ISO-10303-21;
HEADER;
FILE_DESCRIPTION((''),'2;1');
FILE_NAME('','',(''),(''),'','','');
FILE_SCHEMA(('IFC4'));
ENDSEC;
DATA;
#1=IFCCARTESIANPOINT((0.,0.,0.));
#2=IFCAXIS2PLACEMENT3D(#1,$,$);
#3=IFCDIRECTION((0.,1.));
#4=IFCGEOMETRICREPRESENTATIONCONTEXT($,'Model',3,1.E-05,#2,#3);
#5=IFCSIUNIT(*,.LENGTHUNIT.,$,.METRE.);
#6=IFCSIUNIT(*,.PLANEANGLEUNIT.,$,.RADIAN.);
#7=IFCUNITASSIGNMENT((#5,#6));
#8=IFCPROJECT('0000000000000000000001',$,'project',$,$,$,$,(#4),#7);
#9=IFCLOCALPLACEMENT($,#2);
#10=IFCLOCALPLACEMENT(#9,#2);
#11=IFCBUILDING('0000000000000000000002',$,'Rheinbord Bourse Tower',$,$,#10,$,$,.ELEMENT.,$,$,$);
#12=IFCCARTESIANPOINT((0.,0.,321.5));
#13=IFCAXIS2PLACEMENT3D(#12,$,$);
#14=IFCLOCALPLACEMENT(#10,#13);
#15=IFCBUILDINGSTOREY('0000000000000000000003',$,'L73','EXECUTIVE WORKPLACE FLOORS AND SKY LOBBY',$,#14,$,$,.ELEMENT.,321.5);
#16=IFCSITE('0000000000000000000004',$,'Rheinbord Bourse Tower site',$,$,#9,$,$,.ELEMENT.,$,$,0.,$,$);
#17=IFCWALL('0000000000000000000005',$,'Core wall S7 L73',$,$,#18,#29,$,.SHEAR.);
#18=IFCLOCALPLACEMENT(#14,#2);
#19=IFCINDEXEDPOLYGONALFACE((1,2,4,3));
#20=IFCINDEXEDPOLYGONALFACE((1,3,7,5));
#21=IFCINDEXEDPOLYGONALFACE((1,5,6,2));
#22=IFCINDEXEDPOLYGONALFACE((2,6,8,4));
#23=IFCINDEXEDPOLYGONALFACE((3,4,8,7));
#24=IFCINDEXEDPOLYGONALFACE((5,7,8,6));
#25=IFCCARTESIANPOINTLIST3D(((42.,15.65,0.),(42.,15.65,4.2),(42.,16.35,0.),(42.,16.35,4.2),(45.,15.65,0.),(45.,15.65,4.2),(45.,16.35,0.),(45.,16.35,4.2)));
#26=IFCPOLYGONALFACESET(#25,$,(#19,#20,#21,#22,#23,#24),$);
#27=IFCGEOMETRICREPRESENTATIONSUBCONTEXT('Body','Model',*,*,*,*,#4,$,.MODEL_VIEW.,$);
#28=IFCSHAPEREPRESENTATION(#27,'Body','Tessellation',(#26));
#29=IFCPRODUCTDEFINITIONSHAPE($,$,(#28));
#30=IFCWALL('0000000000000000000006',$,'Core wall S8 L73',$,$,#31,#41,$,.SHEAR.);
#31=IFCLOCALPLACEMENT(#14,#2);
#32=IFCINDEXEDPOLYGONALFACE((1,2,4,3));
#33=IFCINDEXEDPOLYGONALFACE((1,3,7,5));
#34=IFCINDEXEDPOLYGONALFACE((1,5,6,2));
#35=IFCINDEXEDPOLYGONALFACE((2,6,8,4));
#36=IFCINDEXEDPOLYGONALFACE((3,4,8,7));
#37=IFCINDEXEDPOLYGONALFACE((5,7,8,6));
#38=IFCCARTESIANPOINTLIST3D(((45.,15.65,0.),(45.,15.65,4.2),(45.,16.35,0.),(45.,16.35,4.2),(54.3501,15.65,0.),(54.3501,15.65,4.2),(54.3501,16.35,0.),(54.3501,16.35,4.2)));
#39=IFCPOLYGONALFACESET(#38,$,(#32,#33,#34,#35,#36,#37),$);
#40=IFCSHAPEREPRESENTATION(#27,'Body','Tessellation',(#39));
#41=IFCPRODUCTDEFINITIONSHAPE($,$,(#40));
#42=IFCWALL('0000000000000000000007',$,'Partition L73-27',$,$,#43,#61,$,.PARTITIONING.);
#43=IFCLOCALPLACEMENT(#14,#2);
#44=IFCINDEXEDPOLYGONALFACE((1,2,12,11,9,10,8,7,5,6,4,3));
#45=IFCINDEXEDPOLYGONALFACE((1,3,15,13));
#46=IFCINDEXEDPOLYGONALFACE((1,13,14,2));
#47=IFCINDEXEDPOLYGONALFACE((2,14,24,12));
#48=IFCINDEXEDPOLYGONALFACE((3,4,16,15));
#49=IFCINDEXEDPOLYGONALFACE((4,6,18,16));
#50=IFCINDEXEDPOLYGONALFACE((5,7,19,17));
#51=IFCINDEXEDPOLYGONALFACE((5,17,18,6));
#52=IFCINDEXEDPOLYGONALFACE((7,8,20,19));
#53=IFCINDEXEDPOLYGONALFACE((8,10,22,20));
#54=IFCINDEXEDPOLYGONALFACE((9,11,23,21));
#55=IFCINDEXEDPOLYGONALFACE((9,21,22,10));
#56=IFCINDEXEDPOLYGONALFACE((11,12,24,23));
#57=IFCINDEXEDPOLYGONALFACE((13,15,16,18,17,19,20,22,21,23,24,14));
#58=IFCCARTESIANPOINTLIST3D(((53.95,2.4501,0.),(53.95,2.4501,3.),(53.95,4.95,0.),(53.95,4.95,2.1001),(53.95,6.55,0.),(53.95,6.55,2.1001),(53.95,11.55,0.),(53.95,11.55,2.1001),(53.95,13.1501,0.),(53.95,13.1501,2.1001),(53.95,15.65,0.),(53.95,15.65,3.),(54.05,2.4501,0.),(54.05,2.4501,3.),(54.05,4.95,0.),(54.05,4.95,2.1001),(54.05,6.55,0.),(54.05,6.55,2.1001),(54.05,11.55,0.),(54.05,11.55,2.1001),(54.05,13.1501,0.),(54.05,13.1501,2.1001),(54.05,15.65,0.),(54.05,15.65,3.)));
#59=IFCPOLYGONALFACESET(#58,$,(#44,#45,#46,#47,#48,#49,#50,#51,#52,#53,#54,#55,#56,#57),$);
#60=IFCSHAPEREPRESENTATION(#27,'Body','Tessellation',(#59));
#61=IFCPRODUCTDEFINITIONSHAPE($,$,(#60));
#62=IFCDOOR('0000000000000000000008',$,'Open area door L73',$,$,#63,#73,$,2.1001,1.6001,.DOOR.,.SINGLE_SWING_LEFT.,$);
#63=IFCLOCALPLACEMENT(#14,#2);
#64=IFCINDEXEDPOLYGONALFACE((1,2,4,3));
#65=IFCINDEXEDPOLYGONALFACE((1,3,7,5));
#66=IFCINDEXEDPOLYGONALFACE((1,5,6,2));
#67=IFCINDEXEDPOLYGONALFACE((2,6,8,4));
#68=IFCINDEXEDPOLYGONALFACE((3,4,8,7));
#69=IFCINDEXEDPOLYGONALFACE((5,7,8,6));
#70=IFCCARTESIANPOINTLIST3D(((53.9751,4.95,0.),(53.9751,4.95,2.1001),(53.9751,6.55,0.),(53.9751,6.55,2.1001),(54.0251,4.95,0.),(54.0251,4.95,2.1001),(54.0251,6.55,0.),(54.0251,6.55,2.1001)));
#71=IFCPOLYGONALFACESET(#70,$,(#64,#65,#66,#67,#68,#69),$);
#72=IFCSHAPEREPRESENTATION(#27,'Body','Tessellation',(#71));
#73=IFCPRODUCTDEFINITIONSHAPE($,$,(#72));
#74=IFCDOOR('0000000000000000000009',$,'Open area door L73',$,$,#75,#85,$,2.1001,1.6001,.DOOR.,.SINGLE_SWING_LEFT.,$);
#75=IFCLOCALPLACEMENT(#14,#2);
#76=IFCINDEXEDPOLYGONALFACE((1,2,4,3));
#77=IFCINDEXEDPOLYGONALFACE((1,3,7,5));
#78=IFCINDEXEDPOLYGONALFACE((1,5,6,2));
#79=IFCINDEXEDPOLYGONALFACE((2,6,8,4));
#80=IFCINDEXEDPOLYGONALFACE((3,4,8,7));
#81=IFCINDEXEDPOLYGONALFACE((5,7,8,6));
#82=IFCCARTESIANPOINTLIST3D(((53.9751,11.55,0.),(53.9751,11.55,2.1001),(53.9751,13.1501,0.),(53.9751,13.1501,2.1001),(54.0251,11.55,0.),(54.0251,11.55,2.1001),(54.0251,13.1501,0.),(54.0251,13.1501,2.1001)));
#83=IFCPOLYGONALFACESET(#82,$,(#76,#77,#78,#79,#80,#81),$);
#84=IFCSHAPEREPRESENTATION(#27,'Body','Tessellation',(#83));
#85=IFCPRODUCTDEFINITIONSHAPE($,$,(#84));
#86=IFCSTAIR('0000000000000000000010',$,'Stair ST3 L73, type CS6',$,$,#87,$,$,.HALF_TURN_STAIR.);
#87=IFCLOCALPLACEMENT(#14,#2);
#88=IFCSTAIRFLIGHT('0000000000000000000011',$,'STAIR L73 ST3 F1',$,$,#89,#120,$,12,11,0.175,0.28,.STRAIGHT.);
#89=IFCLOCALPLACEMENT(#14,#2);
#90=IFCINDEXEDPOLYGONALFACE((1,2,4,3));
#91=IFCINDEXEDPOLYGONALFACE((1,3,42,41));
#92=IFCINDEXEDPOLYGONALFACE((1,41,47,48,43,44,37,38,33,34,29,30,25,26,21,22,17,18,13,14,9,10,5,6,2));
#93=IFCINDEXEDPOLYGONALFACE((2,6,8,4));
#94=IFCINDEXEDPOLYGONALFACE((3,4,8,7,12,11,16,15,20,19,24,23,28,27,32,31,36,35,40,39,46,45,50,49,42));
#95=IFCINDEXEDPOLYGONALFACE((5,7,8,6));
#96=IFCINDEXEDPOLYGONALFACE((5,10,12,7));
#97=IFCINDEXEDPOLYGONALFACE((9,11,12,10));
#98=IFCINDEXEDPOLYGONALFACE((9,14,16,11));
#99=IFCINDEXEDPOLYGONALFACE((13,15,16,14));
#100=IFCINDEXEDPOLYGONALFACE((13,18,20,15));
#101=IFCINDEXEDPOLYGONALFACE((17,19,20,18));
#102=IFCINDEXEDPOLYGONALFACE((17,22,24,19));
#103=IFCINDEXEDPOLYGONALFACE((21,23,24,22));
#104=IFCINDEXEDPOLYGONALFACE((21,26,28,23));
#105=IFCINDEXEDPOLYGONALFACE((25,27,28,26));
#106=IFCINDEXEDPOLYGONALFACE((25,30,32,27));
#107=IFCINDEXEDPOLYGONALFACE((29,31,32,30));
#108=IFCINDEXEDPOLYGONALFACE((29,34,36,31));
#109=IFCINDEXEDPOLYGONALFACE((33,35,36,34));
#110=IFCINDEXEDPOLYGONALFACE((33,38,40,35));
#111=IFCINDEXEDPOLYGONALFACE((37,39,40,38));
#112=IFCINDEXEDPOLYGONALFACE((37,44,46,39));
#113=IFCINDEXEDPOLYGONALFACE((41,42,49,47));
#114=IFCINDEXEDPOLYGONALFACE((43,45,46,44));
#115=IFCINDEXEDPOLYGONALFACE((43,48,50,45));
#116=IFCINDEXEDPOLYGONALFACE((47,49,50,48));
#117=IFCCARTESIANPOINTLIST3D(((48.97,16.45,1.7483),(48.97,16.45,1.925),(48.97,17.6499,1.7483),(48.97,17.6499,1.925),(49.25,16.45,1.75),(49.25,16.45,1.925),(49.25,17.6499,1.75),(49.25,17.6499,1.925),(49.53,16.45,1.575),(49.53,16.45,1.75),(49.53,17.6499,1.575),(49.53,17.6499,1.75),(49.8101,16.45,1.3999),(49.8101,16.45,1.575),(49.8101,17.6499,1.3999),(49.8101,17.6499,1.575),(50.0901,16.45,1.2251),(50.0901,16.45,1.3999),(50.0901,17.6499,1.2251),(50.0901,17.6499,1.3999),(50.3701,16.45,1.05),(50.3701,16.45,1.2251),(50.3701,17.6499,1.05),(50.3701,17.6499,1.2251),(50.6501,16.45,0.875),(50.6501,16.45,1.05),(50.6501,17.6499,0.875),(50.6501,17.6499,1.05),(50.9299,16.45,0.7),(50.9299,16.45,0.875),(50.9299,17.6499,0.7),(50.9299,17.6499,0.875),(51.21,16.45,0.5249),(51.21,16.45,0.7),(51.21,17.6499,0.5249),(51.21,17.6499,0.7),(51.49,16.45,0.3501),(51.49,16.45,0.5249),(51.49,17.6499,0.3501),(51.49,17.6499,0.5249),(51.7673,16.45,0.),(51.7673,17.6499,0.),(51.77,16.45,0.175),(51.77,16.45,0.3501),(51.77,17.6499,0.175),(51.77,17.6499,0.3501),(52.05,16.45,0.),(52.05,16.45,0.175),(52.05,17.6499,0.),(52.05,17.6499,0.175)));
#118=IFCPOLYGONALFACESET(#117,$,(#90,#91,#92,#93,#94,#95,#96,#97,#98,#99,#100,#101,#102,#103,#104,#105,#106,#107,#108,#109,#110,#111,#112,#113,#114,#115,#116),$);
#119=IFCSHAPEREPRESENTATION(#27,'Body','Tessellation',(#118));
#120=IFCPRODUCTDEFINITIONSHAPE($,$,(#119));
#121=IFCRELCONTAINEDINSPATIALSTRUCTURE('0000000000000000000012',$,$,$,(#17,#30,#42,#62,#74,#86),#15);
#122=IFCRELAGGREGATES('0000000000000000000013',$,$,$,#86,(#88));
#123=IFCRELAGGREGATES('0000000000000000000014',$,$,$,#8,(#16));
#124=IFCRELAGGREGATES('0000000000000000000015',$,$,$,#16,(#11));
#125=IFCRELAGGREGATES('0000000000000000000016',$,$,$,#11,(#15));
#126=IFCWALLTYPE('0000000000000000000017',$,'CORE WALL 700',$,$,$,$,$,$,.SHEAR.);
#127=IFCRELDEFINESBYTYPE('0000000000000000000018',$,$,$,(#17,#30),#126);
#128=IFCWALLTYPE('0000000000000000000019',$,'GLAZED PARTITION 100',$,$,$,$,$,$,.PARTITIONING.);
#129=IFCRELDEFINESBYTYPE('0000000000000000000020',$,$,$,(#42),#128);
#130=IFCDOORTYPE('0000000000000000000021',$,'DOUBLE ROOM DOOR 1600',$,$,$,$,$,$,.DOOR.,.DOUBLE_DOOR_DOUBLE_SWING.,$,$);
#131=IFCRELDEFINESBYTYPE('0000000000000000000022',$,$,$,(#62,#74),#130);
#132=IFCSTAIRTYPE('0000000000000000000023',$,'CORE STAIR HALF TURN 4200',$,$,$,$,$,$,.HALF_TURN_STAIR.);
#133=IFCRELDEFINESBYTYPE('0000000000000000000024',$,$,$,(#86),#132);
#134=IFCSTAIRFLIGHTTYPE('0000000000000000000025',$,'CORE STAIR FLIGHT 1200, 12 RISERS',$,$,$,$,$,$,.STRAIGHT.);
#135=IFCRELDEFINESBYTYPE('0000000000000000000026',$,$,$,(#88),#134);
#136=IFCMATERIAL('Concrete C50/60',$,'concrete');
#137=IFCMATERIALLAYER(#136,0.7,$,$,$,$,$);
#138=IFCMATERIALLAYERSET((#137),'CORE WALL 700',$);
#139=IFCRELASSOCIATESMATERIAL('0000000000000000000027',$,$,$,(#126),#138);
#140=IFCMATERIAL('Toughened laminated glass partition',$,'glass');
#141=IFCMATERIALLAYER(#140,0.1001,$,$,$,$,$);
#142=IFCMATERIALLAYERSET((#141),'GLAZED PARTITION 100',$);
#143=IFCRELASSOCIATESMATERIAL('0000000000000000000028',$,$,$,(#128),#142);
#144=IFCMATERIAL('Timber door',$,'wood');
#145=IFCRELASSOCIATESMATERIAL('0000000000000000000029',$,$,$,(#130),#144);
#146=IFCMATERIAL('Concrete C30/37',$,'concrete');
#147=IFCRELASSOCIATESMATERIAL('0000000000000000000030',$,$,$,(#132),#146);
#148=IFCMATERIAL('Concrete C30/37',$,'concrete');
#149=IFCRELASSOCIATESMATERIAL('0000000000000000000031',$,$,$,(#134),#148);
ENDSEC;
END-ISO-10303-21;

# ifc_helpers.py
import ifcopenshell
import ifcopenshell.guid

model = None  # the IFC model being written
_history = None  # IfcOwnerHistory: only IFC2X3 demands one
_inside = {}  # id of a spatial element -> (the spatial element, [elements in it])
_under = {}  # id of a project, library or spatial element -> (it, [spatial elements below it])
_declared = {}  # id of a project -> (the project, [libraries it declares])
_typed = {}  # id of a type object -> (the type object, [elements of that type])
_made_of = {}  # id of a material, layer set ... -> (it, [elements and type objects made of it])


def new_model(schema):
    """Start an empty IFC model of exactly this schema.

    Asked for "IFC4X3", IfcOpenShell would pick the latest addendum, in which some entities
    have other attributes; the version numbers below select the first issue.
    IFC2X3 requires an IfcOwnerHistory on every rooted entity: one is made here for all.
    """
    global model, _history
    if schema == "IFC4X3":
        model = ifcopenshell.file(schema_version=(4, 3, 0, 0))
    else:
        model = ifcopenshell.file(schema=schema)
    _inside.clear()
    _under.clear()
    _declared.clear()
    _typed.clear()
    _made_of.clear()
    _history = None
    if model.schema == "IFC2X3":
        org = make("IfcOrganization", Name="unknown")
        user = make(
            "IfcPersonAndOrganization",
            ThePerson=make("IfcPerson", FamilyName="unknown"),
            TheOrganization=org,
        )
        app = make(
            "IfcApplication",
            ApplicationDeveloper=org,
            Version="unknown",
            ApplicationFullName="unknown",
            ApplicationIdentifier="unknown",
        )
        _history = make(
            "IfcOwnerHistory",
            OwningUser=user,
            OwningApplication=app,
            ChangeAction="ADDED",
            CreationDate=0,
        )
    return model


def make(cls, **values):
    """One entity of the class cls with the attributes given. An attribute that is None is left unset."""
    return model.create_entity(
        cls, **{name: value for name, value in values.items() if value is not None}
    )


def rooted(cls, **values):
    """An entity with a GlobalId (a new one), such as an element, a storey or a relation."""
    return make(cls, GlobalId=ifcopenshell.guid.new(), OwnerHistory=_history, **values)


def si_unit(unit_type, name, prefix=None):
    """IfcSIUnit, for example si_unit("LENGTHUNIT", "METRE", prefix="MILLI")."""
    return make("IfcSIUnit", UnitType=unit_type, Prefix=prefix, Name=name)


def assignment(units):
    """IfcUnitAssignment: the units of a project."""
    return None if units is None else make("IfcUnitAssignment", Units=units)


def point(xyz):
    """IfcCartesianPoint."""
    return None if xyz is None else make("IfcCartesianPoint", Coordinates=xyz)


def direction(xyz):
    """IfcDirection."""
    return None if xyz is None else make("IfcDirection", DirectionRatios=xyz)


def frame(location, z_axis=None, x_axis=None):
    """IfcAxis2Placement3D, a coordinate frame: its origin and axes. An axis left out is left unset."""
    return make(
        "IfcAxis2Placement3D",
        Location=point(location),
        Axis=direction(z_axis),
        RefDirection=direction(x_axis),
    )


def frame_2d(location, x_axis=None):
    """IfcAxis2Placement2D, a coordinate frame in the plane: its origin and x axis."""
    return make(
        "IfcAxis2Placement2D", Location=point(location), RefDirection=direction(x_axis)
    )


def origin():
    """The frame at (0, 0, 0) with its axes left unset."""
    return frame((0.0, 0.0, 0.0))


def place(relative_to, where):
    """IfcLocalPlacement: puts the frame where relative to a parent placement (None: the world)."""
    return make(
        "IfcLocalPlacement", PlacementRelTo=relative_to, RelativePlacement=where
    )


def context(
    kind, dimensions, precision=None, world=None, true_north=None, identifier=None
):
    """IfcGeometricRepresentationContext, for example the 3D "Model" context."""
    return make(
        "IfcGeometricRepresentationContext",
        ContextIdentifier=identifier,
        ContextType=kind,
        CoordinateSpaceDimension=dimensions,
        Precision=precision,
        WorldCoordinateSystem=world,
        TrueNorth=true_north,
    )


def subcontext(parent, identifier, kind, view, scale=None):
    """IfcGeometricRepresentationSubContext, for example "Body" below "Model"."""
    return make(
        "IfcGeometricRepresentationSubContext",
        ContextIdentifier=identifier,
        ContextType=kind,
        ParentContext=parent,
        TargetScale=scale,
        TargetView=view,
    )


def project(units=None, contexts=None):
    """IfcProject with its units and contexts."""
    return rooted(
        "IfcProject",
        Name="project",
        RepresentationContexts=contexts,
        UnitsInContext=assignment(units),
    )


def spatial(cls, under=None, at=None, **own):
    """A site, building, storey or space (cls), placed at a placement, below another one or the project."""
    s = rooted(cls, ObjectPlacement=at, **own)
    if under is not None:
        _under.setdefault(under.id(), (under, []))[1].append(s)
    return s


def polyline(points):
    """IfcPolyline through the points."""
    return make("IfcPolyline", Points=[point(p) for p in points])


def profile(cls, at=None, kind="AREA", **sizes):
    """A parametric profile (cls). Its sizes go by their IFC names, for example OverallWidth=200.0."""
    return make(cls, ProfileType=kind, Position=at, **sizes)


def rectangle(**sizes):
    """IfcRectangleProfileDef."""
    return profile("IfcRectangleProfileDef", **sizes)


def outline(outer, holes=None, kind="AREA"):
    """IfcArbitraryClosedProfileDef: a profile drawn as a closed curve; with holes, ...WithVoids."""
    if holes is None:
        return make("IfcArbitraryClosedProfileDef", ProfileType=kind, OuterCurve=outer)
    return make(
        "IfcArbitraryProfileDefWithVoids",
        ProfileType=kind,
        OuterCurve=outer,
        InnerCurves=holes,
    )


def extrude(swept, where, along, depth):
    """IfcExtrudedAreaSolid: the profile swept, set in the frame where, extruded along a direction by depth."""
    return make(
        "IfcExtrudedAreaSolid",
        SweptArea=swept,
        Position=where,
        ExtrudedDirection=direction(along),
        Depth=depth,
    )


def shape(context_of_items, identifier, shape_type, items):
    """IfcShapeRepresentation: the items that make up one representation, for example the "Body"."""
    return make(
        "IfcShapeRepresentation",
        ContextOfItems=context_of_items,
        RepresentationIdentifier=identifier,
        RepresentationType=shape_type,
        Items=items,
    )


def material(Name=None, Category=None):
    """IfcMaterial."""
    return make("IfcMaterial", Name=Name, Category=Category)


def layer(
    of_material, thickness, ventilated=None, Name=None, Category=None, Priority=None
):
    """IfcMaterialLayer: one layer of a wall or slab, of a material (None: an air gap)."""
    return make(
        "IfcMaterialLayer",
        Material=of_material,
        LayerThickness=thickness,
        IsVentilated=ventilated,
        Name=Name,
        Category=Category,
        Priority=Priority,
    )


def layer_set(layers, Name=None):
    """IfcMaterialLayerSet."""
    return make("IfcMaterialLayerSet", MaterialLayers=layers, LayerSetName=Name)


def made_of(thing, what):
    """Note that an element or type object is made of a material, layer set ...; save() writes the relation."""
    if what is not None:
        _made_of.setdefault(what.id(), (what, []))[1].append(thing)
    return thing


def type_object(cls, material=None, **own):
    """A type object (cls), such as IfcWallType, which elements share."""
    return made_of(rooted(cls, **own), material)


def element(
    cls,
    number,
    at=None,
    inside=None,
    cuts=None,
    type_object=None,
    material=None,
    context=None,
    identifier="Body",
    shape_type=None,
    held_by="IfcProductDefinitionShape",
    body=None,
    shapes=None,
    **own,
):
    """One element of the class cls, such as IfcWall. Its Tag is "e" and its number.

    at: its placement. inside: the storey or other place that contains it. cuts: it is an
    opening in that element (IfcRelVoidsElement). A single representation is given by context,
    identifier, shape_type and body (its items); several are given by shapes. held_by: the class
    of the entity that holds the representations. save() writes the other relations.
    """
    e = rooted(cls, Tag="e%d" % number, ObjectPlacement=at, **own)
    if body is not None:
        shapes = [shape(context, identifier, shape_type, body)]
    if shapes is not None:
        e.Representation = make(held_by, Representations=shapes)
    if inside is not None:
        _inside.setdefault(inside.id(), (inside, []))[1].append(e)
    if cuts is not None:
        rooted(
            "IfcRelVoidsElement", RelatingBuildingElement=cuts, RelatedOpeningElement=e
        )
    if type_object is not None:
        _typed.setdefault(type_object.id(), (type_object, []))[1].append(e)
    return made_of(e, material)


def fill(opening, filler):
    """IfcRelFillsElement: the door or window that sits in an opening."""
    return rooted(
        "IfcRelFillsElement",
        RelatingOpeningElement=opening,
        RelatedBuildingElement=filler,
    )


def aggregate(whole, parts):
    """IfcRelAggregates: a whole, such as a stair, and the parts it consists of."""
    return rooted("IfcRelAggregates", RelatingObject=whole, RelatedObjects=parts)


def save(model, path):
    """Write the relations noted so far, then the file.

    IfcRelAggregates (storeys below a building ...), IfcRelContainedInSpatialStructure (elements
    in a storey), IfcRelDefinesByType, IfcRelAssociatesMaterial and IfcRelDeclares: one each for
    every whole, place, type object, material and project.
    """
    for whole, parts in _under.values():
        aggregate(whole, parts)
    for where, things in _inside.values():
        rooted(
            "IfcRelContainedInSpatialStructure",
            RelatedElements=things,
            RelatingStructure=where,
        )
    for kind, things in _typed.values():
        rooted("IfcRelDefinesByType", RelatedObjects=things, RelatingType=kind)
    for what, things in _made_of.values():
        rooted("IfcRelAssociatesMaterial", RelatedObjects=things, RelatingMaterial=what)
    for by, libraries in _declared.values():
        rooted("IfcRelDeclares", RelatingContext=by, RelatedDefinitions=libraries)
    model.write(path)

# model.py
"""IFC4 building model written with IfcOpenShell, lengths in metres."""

from ifc_helpers import new_model, si_unit, direction, frame, frame_2d, origin, place, context, subcontext, project, spatial, polyline, rectangle, outline, extrude, material, layer, layer_set, type_object, element, fill, aggregate, save


model = new_model("IFC4")

# Units and contexts
model_context = context("Model", 3, precision=1e-05, world=origin(), true_north=direction((0.0, 1.0)))
body_context = subcontext(model_context, "Body", "Model", "MODEL_VIEW")
ifc_project = project(units=[si_unit("LENGTHUNIT", "METRE"), si_unit("PLANEANGLEUNIT", "RADIAN")], contexts=[model_context])

# Site, building, storey
site_placement = place(None, origin())
site = spatial("IfcSite", under=ifc_project, at=site_placement, Name="Rheinbord Bourse Tower site", CompositionType="ELEMENT", RefElevation=0.0)
building_placement = place(site_placement, origin())
building = spatial("IfcBuilding", under=site, at=building_placement, Name="Rheinbord Bourse Tower", CompositionType="ELEMENT")
storey_placement = place(building_placement, frame((0.0, 0.0, 321.5)))
storey = spatial("IfcBuildingStorey", under=building, at=storey_placement, Name="L73", Description="EXECUTIVE WORKPLACE FLOORS AND SKY LOBBY", CompositionType="ELEMENT", Elevation=321.5)

# Walls
ifc_material_1 = material(Name="Concrete C50/60", Category="concrete")
ifc_layer_1 = layer(ifc_material_1, 0.7)
ifc_layer_set_1 = layer_set([ifc_layer_1], Name="CORE WALL 700")
wall_type_1 = type_object("IfcWallType", Name="CORE WALL 700", PredefinedType="SHEAR", material=ifc_layer_set_1)
for number, where, z_axis, x_axis, name in (
    (1, (42.0, 16.0, 0.0), (0.0, 0.0, 1.0), (1.0, 0.0, 0.0), "Core wall S7 L73"),
):
    element("IfcWall", number, at=place(storey_placement, frame(where, z_axis=z_axis, x_axis=x_axis)), inside=storey, type_object=wall_type_1, Name=name, PredefinedType="SHEAR", context=body_context, shape_type="SweptSolid", body=[
        extrude(rectangle(XDim=3.0, YDim=0.7, at=frame_2d((1.5, 0.0))), origin(), (0.0, 0.0, 1.0), 4.2),
    ])
wall_1_placement = place(storey_placement, frame((45.0, 16.0, 0.0), z_axis=(0.0, 0.0, 1.0), x_axis=(1.0, 0.0, 0.0)))
element("IfcWall", 2, at=wall_1_placement, inside=storey, type_object=wall_type_1, Name="Core wall S8 L73", PredefinedType="SHEAR", context=body_context, shape_type="SweptSolid", body=[
    extrude(rectangle(XDim=9.3501, YDim=0.7, at=frame_2d((4.675, 0.0))), origin(), (0.0, 0.0, 1.0), 4.2),
])

# Wall, openings, doors
ifc_material_2 = material(Name="Toughened laminated glass partition", Category="glass")
ifc_layer_2 = layer(ifc_material_2, 0.1001)
ifc_layer_set_2 = layer_set([ifc_layer_2], Name="GLAZED PARTITION 100")
wall_type_2 = type_object("IfcWallType", Name="GLAZED PARTITION 100", PredefinedType="PARTITIONING", material=ifc_layer_set_2)
wall_2_placement = place(storey_placement, frame((54.0, 2.45, 0.0), z_axis=(0.0, 0.0, 1.0), x_axis=(0.0, 1.0, 0.0)))
wall_2 = element("IfcWall", 3, at=wall_2_placement, inside=storey, type_object=wall_type_2, Name="Partition L73-27", PredefinedType="PARTITIONING", context=body_context, shape_type="SweptSolid", body=[
    extrude(rectangle(XDim=13.2, YDim=0.1001, at=frame_2d((6.6001, 0.0))), origin(), (0.0, 0.0, 1.0), 3.0),
])
opening_1_placement = place(wall_2_placement, frame((2.5, 0.0, 0.0)))
opening_1 = element("IfcOpeningElement", 4, at=opening_1_placement, cuts=wall_2, PredefinedType="OPENING", context=body_context, shape_type="SweptSolid", body=[
    extrude(rectangle(XDim=1.6001, YDim=2.1001, at=frame_2d((0.8, 1.05))), frame((0.0, 0.0601, 0.0), z_axis=(0.0, -1.0, 0.0), x_axis=(1.0, 0.0, 0.0)), (0.0, 0.0, 1.0), 0.1201),
])
opening_2_placement = place(wall_2_placement, frame((9.1001, 0.0, 0.0)))
opening_2 = element("IfcOpeningElement", 5, at=opening_2_placement, cuts=wall_2, PredefinedType="OPENING", context=body_context, shape_type="SweptSolid", body=[
    extrude(rectangle(XDim=1.6001, YDim=2.1001, at=frame_2d((0.8, 1.05))), frame((0.0, 0.0601, 0.0), z_axis=(0.0, -1.0, 0.0), x_axis=(1.0, 0.0, 0.0)), (0.0, 0.0, 1.0), 0.1201),
])
ifc_material_3 = material(Name="Timber door", Category="wood")
door_type_1 = type_object("IfcDoorType", Name="DOUBLE ROOM DOOR 1600", OperationType="DOUBLE_DOOR_DOUBLE_SWING", PredefinedType="DOOR", material=ifc_material_3)
door_1_placement = place(opening_1_placement, origin())
door_1 = element("IfcDoor", 6, at=door_1_placement, inside=storey, type_object=door_type_1, Name="Open area door L73", OperationType="SINGLE_SWING_LEFT", OverallHeight=2.1001, OverallWidth=1.6001, PredefinedType="DOOR", context=body_context, shape_type="SweptSolid", body=[
    extrude(rectangle(XDim=1.6001, YDim=2.1001, at=frame_2d((0.8, 1.05))), frame((0.0, 0.0249, 0.0), z_axis=(0.0, -1.0, 0.0), x_axis=(1.0, 0.0, 0.0)), (0.0, 0.0, 1.0), 0.05),
])
fill(opening_1, door_1)
door_2_placement = place(opening_2_placement, origin())
door_2 = element("IfcDoor", 7, at=door_2_placement, inside=storey, type_object=door_type_1, Name="Open area door L73", OperationType="SINGLE_SWING_LEFT", OverallHeight=2.1001, OverallWidth=1.6001, PredefinedType="DOOR", context=body_context, shape_type="SweptSolid", body=[
    extrude(rectangle(XDim=1.6001, YDim=2.1001, at=frame_2d((0.8, 1.05))), frame((0.0, 0.0249, 0.0), z_axis=(0.0, -1.0, 0.0), x_axis=(1.0, 0.0, 0.0)), (0.0, 0.0, 1.0), 0.05),
])
fill(opening_2, door_2)

# Stair, stair flight
ifc_material_4 = material(Name="Concrete C30/37", Category="concrete")
stair_type = type_object("IfcStairType", Name="CORE STAIR HALF TURN 4200", PredefinedType="HALF_TURN_STAIR", material=ifc_material_4)
stair_placement = place(storey_placement, origin())
stair = element("IfcStair", 8, at=stair_placement, inside=storey, type_object=stair_type, Name="Stair ST3 L73, type CS6", PredefinedType="HALF_TURN_STAIR")
ifc_material_5 = material(Name="Concrete C30/37", Category="concrete")
stair_flight_type = type_object("IfcStairFlightType", Name="CORE STAIR FLIGHT 1200, 12 RISERS", PredefinedType="STRAIGHT", material=ifc_material_5)
stair_flight_placement = place(storey_placement, frame((52.05, 17.05, 0.0), z_axis=(0.0, 0.0, 1.0), x_axis=(-1.0, 0.0, 0.0)))
stair_flight = element("IfcStairFlight", 9, at=stair_flight_placement, type_object=stair_flight_type, Name="STAIR L73 ST3 F1", NumberOfRisers=12, NumberOfTreads=11, PredefinedType="STRAIGHT", RiserHeight=0.175, TreadLength=0.28, context=body_context, shape_type="SweptSolid", body=[
    extrude(outline(polyline([(0.0, 0.0), (0.0, 0.175), (0.28, 0.175), (0.28, 0.3501), (0.5601, 0.3501), (0.5601, 0.5249), (0.8401, 0.5249), (0.8401, 0.7), (1.1201, 0.7), (1.1201, 0.875), (1.3999, 0.875), (1.3999, 1.05), (1.6799, 1.05), (1.6799, 1.2251), (1.96, 1.2251), (1.96, 1.3999), (2.24, 1.3999), (2.24, 1.575), (2.52, 1.575), (2.52, 1.75), (2.8, 1.75), (2.8, 1.925), (3.0801, 1.925), (3.0801, 2.1001), (3.0801, 1.7483), (0.2827, 0.0), (0.0, 0.0)])), frame((0.0, 0.6001, 0.0), z_axis=(0.0, -1.0, 0.0), x_axis=(1.0, 0.0, 0.0)), (0.0, 0.0, 1.0), 1.2),
])
aggregate(stair, [stair_flight])

save(model, "model.ifc")
